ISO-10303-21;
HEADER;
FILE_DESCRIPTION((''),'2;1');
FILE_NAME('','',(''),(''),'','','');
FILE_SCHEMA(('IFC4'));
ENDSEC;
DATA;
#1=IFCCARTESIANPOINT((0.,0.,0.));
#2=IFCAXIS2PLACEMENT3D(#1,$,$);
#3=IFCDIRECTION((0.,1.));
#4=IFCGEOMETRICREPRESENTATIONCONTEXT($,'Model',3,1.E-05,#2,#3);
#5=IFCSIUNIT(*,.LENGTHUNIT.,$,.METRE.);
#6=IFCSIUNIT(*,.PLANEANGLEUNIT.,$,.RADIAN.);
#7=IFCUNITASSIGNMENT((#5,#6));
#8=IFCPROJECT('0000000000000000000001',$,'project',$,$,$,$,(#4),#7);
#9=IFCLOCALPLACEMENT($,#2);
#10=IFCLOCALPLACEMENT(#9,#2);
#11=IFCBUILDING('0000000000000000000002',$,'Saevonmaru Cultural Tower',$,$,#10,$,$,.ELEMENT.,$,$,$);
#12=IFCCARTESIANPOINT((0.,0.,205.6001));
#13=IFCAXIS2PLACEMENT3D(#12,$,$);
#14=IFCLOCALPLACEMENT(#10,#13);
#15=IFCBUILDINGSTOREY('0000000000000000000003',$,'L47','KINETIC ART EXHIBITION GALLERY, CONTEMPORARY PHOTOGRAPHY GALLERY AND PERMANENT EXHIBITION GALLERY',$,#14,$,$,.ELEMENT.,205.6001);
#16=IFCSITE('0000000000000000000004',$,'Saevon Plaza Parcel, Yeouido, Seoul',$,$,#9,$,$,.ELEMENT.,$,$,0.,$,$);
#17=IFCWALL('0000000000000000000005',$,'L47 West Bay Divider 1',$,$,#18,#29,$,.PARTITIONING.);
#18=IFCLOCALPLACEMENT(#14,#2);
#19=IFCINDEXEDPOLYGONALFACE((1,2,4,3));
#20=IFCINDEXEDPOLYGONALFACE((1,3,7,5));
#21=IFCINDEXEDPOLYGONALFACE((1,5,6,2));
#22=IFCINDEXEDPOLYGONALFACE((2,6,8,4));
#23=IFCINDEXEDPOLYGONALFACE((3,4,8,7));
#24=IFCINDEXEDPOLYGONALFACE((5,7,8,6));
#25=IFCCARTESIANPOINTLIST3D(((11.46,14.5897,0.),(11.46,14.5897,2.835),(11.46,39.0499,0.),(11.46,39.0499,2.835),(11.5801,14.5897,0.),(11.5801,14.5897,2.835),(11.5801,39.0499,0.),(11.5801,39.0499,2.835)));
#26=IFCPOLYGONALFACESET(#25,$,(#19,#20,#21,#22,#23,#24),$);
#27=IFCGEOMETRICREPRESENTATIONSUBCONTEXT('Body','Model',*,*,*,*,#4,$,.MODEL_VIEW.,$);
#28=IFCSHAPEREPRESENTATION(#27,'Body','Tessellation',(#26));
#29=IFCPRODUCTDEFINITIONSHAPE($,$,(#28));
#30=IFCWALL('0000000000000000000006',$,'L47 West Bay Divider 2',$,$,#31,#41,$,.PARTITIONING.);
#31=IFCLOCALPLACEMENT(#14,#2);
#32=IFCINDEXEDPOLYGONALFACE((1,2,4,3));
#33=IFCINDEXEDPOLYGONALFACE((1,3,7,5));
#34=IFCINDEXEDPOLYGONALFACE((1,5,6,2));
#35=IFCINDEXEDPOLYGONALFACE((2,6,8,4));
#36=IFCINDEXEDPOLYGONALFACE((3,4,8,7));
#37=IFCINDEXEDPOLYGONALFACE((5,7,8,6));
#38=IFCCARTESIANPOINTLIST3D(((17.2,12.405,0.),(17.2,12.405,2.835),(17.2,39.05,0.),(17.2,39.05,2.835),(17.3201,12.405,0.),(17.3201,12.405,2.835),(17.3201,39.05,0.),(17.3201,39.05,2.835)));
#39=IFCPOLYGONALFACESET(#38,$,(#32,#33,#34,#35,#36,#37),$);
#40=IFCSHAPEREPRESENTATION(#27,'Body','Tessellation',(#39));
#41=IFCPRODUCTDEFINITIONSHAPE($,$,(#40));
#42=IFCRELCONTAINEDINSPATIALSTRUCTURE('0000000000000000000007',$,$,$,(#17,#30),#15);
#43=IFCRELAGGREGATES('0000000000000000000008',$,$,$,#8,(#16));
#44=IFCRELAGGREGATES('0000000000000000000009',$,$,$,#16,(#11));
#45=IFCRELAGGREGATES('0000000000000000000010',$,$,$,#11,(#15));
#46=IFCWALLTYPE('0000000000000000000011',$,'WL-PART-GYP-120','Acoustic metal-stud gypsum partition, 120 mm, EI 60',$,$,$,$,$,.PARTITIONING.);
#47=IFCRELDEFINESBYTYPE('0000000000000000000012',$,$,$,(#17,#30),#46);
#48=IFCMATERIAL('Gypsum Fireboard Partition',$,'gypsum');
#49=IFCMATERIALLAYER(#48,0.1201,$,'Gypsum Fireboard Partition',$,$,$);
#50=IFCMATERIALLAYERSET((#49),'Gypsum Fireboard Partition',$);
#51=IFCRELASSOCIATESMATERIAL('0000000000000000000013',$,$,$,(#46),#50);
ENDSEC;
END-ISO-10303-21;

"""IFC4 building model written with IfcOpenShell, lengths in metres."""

from ifc_helpers import new_model, si_unit, direction, frame, frame_2d, origin, place, context, subcontext, project, spatial, rectangle, extrude, material, layer, layer_set, type_object, element, save


model = new_model("IFC4")

# Units and contexts
model_context = context("Model", 3, precision=1e-05, world=origin(), true_north=direction((0.0, 1.0)))
body_context = subcontext(model_context, "Body", "Model", "MODEL_VIEW")
ifc_project = project(units=[si_unit("LENGTHUNIT", "METRE"), si_unit("PLANEANGLEUNIT", "RADIAN")], contexts=[model_context])

# Site, building, storey
site_placement = place(None, origin())
site = spatial("IfcSite", under=ifc_project, at=site_placement, Name="Saevon Plaza Parcel, Yeouido, Seoul", CompositionType="ELEMENT", RefElevation=0.0)
building_placement = place(site_placement, origin())
building = spatial("IfcBuilding", under=site, at=building_placement, Name="Saevonmaru Cultural Tower", CompositionType="ELEMENT")
storey_placement = place(building_placement, frame((0.0, 0.0, 205.6001)))
storey = spatial("IfcBuildingStorey", under=building, at=storey_placement, Name="L47", Description="KINETIC ART EXHIBITION GALLERY, CONTEMPORARY PHOTOGRAPHY GALLERY AND PERMANENT EXHIBITION GALLERY", CompositionType="ELEMENT", Elevation=205.6001)

# Walls
ifc_material_1 = material(Name="Gypsum Fireboard Partition", Category="gypsum")
ifc_layer_1 = layer(ifc_material_1, 0.1201, Name="Gypsum Fireboard Partition")
ifc_layer_set_1 = layer_set([ifc_layer_1], Name="Gypsum Fireboard Partition")
wall_type_1 = type_object("IfcWallType", Name="WL-PART-GYP-120", Description="Acoustic metal-stud gypsum partition, 120 mm, EI 60", PredefinedType="PARTITIONING", material=ifc_layer_set_1)
wall_1_placement = place(storey_placement, frame((11.52, 14.5898, 0.0), z_axis=(0.0, 0.0, 1.0), x_axis=(0.0, 1.0, 0.0)))
element("IfcWall", 1, at=wall_1_placement, inside=storey, type_object=wall_type_1, Name="L47 West Bay Divider 1", PredefinedType="PARTITIONING", context=body_context, shape_type="SweptSolid", body=[
    extrude(rectangle(XDim=24.4602, YDim=0.1201, at=frame_2d((12.23, 0.0))), origin(), (0.0, 0.0, 1.0), 2.835),
])
wall_2_placement = place(storey_placement, frame((17.26, 12.405, 0.0), z_axis=(0.0, 0.0, 1.0), x_axis=(0.0, 1.0, 0.0)))
element("IfcWall", 2, at=wall_2_placement, inside=storey, type_object=wall_type_1, Name="L47 West Bay Divider 2", PredefinedType="PARTITIONING", context=body_context, shape_type="SweptSolid", body=[
    extrude(rectangle(XDim=26.645, YDim=0.1201, at=frame_2d((13.3225, 0.0))), origin(), (0.0, 0.0, 1.0), 2.835),
])

save(model, "model.ifc")
